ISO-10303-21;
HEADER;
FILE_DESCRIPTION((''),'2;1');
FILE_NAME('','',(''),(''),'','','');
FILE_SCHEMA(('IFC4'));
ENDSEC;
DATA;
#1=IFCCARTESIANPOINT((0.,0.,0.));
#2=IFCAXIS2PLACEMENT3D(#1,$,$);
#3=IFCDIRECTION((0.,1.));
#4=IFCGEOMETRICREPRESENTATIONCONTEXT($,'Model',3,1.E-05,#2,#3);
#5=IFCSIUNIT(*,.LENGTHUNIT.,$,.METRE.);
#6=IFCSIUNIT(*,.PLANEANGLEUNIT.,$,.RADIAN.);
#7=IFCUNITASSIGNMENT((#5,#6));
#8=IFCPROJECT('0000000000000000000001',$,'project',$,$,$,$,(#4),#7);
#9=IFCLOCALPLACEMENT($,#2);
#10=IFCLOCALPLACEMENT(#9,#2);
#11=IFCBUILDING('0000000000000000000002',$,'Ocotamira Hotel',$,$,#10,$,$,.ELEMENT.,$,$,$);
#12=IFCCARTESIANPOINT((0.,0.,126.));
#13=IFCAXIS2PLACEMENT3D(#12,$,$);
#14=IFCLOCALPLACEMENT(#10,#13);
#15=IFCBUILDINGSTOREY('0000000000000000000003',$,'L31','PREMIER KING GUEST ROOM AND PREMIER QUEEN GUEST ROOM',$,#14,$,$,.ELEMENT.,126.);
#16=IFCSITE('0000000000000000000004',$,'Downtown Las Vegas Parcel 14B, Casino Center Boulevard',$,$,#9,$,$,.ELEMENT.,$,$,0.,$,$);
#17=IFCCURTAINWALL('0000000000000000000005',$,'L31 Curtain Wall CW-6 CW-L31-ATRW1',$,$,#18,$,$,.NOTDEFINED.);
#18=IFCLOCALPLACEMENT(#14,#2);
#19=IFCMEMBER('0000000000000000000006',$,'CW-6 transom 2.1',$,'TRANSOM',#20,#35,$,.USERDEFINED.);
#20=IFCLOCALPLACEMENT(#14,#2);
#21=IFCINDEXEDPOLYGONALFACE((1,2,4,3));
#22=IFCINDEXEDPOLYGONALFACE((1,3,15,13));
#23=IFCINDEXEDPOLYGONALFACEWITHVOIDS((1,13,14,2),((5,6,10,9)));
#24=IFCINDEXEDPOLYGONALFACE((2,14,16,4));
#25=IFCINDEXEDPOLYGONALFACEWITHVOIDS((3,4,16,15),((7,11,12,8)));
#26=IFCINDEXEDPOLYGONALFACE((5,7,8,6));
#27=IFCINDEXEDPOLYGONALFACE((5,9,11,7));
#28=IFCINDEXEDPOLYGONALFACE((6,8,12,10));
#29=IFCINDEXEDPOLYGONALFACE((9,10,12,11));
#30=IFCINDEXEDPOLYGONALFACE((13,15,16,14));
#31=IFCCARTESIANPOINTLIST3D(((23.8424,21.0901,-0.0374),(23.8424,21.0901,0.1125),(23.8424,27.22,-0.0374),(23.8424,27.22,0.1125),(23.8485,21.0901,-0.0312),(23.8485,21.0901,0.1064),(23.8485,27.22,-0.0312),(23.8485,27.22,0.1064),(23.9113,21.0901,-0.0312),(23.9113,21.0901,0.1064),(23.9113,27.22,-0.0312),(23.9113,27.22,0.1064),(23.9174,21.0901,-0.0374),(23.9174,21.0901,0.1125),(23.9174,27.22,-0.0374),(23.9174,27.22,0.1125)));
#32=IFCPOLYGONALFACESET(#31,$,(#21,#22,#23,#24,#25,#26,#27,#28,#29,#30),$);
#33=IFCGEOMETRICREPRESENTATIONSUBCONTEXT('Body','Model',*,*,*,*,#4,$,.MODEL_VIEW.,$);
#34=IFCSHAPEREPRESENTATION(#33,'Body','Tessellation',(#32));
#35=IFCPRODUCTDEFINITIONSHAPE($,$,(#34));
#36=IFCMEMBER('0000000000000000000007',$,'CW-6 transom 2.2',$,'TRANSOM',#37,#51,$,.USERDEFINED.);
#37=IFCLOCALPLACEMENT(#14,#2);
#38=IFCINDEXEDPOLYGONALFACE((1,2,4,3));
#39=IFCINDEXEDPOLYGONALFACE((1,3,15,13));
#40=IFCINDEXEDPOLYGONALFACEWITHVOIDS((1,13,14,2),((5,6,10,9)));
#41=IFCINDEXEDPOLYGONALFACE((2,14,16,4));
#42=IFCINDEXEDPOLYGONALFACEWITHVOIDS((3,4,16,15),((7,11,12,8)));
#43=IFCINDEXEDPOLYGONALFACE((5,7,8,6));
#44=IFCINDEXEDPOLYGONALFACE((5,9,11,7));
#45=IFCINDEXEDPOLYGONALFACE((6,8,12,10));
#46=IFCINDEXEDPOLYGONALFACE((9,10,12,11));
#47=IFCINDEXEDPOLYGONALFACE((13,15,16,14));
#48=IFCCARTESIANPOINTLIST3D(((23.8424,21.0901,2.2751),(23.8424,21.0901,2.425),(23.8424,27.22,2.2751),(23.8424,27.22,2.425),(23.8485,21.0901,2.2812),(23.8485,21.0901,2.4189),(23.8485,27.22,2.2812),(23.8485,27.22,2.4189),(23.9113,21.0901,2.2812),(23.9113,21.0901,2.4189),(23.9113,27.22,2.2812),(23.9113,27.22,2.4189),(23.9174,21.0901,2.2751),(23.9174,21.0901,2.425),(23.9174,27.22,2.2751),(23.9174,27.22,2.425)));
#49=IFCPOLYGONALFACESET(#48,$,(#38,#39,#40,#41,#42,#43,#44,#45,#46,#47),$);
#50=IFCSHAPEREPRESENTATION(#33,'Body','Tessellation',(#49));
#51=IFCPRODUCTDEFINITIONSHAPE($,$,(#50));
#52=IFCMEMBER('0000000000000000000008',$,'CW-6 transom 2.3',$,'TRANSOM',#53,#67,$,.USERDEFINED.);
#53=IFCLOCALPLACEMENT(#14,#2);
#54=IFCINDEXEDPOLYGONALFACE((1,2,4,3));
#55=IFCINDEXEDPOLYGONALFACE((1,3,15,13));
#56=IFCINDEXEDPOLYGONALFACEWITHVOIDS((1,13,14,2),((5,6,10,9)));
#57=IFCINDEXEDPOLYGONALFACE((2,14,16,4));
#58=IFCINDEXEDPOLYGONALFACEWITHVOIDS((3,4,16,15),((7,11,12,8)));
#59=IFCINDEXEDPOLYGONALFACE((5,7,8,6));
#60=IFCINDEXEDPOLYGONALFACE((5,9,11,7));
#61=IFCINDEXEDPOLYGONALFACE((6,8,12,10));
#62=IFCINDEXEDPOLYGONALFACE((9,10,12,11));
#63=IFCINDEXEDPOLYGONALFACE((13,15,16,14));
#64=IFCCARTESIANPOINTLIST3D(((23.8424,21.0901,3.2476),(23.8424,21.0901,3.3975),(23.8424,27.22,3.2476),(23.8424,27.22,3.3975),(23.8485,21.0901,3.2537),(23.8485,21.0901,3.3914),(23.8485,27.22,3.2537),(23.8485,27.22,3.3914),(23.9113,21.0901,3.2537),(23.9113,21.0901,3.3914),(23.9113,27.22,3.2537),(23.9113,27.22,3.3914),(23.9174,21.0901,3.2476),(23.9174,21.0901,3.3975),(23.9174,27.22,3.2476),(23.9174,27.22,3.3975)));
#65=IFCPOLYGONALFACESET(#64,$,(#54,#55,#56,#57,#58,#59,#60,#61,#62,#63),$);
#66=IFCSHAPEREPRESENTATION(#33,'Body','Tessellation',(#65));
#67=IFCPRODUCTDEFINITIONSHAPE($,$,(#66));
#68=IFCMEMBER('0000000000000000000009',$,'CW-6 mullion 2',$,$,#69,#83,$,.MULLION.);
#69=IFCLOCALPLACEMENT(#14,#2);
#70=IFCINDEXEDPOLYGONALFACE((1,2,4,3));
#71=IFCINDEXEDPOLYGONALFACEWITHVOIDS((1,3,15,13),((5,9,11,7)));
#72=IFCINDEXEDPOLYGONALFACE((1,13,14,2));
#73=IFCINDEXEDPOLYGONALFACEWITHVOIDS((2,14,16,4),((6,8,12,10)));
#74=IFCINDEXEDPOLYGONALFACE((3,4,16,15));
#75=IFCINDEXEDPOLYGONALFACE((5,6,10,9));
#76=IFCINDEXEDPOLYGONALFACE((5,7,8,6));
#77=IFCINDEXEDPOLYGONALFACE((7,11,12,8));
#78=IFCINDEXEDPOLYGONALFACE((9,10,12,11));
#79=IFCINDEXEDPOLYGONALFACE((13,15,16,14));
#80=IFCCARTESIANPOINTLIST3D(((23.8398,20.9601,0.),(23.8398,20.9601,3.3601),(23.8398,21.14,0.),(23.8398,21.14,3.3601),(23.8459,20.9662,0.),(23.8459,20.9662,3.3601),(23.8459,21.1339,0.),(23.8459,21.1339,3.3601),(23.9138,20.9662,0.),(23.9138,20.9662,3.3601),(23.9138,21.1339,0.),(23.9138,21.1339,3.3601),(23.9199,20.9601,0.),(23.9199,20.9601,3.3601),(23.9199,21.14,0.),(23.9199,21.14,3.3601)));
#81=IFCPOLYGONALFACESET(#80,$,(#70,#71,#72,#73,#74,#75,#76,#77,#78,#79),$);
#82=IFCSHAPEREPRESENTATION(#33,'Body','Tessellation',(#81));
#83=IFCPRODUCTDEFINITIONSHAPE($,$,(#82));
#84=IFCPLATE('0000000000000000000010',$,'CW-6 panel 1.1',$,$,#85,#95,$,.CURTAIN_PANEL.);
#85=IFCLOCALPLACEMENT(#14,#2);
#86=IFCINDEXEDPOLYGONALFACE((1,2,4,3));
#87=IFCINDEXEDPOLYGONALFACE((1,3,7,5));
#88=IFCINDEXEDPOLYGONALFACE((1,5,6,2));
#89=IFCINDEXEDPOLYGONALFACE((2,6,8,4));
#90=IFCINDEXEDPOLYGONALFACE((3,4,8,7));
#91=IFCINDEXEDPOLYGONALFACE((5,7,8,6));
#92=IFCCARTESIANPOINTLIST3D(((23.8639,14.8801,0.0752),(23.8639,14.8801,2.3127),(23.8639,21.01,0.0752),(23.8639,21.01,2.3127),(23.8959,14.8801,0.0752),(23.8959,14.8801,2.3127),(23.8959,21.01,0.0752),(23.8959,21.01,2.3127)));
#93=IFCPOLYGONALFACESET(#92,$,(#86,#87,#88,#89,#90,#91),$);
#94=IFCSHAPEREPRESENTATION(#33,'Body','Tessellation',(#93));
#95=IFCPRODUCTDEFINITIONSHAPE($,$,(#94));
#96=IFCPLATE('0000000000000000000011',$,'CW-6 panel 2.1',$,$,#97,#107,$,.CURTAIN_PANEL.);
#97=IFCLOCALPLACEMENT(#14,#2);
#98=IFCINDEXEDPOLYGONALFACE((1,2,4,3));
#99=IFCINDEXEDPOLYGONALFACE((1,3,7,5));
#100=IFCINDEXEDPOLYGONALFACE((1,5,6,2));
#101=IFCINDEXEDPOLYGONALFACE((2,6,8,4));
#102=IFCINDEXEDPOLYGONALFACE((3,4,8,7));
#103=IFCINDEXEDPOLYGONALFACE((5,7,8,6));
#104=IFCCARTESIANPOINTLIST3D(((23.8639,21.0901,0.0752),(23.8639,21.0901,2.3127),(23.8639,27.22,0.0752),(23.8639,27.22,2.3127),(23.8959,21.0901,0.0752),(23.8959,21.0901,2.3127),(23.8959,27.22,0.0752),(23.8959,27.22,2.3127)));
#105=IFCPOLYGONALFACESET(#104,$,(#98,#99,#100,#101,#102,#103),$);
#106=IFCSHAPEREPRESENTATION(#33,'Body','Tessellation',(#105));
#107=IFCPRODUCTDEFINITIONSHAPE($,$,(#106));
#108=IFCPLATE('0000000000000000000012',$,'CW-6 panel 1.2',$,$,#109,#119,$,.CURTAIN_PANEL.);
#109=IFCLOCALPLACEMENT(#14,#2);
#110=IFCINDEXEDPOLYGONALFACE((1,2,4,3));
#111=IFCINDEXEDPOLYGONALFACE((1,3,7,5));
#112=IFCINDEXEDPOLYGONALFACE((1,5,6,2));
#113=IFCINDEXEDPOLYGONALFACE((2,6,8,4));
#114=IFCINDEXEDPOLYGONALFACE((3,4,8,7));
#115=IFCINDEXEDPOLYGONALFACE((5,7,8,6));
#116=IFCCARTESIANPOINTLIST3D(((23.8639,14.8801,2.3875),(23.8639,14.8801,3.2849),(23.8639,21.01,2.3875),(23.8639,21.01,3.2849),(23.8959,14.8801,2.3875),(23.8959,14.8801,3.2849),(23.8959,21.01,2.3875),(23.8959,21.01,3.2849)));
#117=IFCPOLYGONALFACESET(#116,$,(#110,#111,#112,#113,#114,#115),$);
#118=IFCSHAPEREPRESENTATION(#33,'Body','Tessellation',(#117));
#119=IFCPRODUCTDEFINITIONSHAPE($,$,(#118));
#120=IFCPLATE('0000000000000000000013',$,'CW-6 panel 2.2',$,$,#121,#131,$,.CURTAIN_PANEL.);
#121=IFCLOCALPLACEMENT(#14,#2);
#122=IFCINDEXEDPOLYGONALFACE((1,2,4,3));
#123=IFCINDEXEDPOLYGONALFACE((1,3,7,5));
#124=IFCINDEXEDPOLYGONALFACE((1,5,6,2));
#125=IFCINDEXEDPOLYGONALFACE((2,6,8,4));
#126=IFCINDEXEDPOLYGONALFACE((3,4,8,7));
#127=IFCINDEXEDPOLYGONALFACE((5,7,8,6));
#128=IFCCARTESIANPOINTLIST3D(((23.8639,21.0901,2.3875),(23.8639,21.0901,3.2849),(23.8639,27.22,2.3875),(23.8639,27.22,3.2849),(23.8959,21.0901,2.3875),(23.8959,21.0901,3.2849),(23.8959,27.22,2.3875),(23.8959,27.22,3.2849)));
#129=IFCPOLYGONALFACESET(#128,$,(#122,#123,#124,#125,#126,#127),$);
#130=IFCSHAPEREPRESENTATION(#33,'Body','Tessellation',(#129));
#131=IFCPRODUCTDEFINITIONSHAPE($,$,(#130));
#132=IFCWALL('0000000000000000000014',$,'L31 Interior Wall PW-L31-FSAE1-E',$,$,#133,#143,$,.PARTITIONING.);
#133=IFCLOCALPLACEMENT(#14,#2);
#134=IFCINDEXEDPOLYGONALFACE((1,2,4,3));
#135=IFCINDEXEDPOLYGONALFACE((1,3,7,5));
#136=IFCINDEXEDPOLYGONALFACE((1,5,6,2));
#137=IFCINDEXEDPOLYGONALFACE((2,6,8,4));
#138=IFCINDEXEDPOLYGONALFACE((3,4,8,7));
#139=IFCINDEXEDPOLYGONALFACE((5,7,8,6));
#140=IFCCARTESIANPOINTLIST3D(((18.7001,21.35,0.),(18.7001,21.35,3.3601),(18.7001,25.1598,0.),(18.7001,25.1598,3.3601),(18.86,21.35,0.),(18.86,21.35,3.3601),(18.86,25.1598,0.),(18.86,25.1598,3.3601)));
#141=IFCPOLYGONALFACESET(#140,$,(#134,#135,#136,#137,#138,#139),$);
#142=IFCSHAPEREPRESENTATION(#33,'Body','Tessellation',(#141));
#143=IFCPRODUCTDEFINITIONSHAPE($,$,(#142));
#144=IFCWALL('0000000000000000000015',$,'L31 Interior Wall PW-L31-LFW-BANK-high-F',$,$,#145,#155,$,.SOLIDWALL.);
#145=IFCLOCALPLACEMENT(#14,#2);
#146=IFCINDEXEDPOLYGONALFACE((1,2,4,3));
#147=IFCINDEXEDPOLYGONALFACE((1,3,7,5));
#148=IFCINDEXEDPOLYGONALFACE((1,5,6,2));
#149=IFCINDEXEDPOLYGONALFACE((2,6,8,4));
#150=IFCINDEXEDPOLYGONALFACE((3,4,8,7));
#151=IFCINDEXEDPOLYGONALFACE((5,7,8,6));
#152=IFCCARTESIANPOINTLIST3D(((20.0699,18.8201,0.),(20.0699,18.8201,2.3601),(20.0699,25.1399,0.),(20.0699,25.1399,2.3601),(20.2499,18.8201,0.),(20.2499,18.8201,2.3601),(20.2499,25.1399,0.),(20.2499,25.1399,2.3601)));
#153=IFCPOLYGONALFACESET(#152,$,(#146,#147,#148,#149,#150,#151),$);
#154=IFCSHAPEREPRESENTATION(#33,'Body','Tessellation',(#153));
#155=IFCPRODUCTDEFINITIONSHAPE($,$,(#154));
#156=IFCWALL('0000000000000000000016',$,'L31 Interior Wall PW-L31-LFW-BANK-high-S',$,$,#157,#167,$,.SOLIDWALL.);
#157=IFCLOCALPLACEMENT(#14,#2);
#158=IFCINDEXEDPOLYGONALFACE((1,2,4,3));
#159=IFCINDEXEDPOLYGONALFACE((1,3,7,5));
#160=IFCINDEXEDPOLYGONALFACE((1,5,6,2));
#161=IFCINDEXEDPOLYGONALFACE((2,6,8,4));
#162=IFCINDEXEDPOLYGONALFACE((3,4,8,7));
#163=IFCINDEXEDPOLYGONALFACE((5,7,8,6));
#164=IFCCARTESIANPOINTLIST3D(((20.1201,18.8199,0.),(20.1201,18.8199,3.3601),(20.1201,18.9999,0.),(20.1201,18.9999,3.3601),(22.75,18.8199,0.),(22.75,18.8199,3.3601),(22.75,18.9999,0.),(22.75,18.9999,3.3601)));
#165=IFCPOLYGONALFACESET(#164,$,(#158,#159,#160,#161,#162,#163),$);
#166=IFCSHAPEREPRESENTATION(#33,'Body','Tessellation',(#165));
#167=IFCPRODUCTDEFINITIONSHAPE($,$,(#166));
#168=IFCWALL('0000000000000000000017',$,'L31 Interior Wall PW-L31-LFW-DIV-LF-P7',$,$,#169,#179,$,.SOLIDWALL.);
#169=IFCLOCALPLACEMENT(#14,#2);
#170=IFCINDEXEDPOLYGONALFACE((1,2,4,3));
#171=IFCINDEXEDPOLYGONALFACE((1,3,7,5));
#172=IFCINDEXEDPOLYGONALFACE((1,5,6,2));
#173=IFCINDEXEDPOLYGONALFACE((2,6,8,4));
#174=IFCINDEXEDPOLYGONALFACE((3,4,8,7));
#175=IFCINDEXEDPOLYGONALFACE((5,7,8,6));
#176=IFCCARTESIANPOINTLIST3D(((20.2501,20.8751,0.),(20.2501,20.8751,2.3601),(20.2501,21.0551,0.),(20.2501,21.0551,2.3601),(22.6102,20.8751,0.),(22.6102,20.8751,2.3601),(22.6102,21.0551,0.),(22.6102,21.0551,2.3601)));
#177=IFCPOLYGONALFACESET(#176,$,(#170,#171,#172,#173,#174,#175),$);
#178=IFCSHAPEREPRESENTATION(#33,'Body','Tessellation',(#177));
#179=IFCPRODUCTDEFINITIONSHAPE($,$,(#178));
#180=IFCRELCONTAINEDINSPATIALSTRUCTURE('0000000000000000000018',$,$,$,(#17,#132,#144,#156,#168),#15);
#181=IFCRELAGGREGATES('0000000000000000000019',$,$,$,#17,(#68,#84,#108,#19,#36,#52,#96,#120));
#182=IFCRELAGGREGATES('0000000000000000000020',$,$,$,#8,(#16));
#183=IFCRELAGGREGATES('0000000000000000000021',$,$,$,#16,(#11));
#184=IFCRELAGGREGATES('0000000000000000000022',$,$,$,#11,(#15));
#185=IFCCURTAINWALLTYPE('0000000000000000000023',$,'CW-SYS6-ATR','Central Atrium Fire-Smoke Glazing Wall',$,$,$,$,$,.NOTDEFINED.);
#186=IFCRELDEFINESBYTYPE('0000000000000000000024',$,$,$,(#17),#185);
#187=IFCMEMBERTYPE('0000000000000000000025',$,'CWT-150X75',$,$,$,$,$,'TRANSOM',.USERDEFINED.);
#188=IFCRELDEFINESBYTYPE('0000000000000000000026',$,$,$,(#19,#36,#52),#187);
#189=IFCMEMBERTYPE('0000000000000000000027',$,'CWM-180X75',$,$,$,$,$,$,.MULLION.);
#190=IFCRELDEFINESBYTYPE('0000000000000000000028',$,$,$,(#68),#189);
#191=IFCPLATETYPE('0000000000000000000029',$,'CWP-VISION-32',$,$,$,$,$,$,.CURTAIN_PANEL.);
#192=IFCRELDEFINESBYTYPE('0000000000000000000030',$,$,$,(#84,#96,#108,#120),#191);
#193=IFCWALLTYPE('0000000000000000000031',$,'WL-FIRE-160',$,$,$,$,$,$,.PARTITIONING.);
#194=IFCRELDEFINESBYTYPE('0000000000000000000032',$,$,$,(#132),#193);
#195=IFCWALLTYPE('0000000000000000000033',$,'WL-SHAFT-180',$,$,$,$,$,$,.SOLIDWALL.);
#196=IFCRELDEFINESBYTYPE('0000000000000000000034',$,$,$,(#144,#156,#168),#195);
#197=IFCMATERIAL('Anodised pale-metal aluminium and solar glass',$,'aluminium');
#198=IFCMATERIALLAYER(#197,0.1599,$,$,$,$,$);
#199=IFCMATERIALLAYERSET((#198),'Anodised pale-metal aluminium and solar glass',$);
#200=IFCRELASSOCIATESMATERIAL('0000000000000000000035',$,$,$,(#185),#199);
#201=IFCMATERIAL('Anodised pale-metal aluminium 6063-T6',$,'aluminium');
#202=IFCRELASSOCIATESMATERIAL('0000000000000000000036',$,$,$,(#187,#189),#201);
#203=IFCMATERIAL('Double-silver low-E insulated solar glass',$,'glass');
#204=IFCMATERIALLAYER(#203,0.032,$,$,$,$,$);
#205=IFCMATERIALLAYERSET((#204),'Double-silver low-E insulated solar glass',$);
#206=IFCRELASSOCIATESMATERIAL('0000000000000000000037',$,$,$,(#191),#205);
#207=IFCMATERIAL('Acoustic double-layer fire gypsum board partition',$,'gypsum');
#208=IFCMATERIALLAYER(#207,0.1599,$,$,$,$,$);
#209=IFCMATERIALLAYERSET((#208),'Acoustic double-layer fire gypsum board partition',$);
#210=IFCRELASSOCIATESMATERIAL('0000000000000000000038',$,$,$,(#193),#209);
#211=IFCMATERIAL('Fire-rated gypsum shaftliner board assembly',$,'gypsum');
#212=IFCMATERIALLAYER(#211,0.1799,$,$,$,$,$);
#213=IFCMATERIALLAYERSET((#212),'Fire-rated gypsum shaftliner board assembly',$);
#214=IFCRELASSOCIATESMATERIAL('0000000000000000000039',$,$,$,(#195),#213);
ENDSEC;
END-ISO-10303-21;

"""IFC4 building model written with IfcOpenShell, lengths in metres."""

from ifc_helpers import new_model, si_unit, direction, frame, frame_2d, origin, origin_2d, place, context, subcontext, project, spatial, rectangle, hollow_rectangle, extrude, source, transform, mapped, material, layer, layer_set, material_profile, profile_set, type_object, element, aggregate, save


model = new_model("IFC4")

# Units and contexts
model_context = context("Model", 3, precision=1e-05, world=origin(), true_north=direction((0.0, 1.0)))
body_context = subcontext(model_context, "Body", "Model", "MODEL_VIEW")
ifc_project = project(units=[si_unit("LENGTHUNIT", "METRE"), si_unit("PLANEANGLEUNIT", "RADIAN")], contexts=[model_context])

# Site, building, storey
site_placement = place(None, origin())
site = spatial("IfcSite", under=ifc_project, at=site_placement, Name="Downtown Las Vegas Parcel 14B, Casino Center Boulevard", CompositionType="ELEMENT", RefElevation=0.0)
building_placement = place(site_placement, origin())
building = spatial("IfcBuilding", under=site, at=building_placement, Name="Ocotamira Hotel", CompositionType="ELEMENT")
storey_placement = place(building_placement, frame((0.0, 0.0, 126.0)))
storey = spatial("IfcBuildingStorey", under=building, at=storey_placement, Name="L31", Description="PREMIER KING GUEST ROOM AND PREMIER QUEEN GUEST ROOM", CompositionType="ELEMENT", Elevation=126.0)

# Curtain wall, members, plates
ifc_material_1 = material(Name="Anodised pale-metal aluminium and solar glass", Category="aluminium")
ifc_layer_1 = layer(ifc_material_1, 0.1599)
ifc_layer_set_1 = layer_set([ifc_layer_1], Name="Anodised pale-metal aluminium and solar glass")
curtain_wall_type = type_object("IfcCurtainWallType", Name="CW-SYS6-ATR", Description="Central Atrium Fire-Smoke Glazing Wall", PredefinedType="NOTDEFINED", material=ifc_layer_set_1)
curtain_wall_placement = place(storey_placement, origin())
curtain_wall = element("IfcCurtainWall", 1, at=curtain_wall_placement, inside=storey, type_object=curtain_wall_type, Name="L31 Curtain Wall CW-6 CW-L31-ATRW1", PredefinedType="NOTDEFINED")
ifc_material_2 = material(Name="Anodised pale-metal aluminium 6063-T6", Category="aluminium")
ifc_material_profile_1 = material_profile(ifc_material_2, hollow_rectangle(XDim=0.075, YDim=0.1499, WallThickness=0.0061, at=origin_2d()), Name="HSS150X75X6")
ifc_profile_set_1 = profile_set([ifc_material_profile_1], Name="Anodised pale-metal aluminium 6063-T6")
member_type_1 = type_object("IfcMemberType", Name="CWT-150X75", ElementType="TRANSOM", PredefinedType="USERDEFINED", material=ifc_profile_set_1)
shared_shape_1 = source(origin(), body_context, "Body", "SweptSolid", [
    extrude(hollow_rectangle(XDim=0.075, YDim=0.1499, WallThickness=0.0061, at=origin_2d()), origin(), (0.0, 0.0, 1.0), 6.1299),
])
member_1_placement = place(storey_placement, frame((23.8799, 21.0901, 0.0376), z_axis=(0.0, 1.0, 0.0), x_axis=(-1.0, 0.0, 0.0)))
member_1 = element("IfcMember", 2, at=member_1_placement, type_object=member_type_1, Name="CW-6 transom 2.1", ObjectType="TRANSOM", PredefinedType="USERDEFINED", context=body_context, shape_type="MappedRepresentation", body=[
    mapped(shared_shape_1, transform((0.0, 0.0, 0.0), scale=1.0)),
])
member_2_placement = place(storey_placement, frame((23.8799, 21.0901, 2.3501), z_axis=(0.0, 1.0, 0.0), x_axis=(-1.0, 0.0, 0.0)))
member_2 = element("IfcMember", 3, at=member_2_placement, type_object=member_type_1, Name="CW-6 transom 2.2", ObjectType="TRANSOM", PredefinedType="USERDEFINED", context=body_context, shape_type="MappedRepresentation", body=[
    mapped(shared_shape_1, transform((0.0, 0.0, 0.0), scale=1.0)),
])
member_3_placement = place(storey_placement, frame((23.8799, 21.0901, 3.3225), z_axis=(0.0, 1.0, 0.0), x_axis=(-1.0, 0.0, 0.0)))
member_3 = element("IfcMember", 4, at=member_3_placement, type_object=member_type_1, Name="CW-6 transom 2.3", ObjectType="TRANSOM", PredefinedType="USERDEFINED", context=body_context, shape_type="MappedRepresentation", body=[
    mapped(shared_shape_1, transform((0.0, 0.0, 0.0), scale=1.0)),
])
ifc_material_profile_2 = material_profile(ifc_material_2, hollow_rectangle(XDim=0.0801, YDim=0.1799, WallThickness=0.0061, at=origin_2d()), Name="HSS180X80X6")
ifc_profile_set_2 = profile_set([ifc_material_profile_2], Name="Anodised pale-metal aluminium 6063-T6")
member_type_2 = type_object("IfcMemberType", Name="CWM-180X75", PredefinedType="MULLION", material=ifc_profile_set_2)
shared_shape_2 = source(origin(), body_context, "Body", "SweptSolid", [
    extrude(hollow_rectangle(XDim=0.0801, YDim=0.1799, WallThickness=0.0061, at=origin_2d()), origin(), (0.0, 0.0, 1.0), 3.3601),
])
member_4_placement = place(storey_placement, frame((23.8799, 21.05, 0.0), z_axis=(0.0, 0.0, 1.0), x_axis=(-1.0, 0.0, 0.0)))
member_4 = element("IfcMember", 5, at=member_4_placement, type_object=member_type_2, Name="CW-6 mullion 2", PredefinedType="MULLION", context=body_context, shape_type="MappedRepresentation", body=[
    mapped(shared_shape_2, transform((0.0, 0.0, 0.0), scale=1.0)),
])
ifc_material_3 = material(Name="Double-silver low-E insulated solar glass", Category="glass")
ifc_layer_2 = layer(ifc_material_3, 0.032)
ifc_layer_set_2 = layer_set([ifc_layer_2], Name="Double-silver low-E insulated solar glass")
plate_type = type_object("IfcPlateType", Name="CWP-VISION-32", PredefinedType="CURTAIN_PANEL", material=ifc_layer_set_2)
shared_shape_3 = source(origin(), body_context, "Body", "SweptSolid", [
    extrude(rectangle(XDim=6.1299, YDim=0.032, at=origin_2d()), origin(), (0.0, 0.0, 1.0), 2.2375),
])
plate_1_placement = place(storey_placement, frame((23.8799, 17.9451, 0.0752), z_axis=(0.0, 0.0, 1.0), x_axis=(0.0, 1.0, 0.0)))
plate_1 = element("IfcPlate", 6, at=plate_1_placement, type_object=plate_type, Name="CW-6 panel 1.1", PredefinedType="CURTAIN_PANEL", context=body_context, shape_type="MappedRepresentation", body=[
    mapped(shared_shape_3, transform((0.0, 0.0, 0.0), scale=1.0)),
])
plate_2_placement = place(storey_placement, frame((23.8799, 24.155, 0.0752), z_axis=(0.0, 0.0, 1.0), x_axis=(0.0, 1.0, 0.0)))
plate_2 = element("IfcPlate", 7, at=plate_2_placement, type_object=plate_type, Name="CW-6 panel 2.1", PredefinedType="CURTAIN_PANEL", context=body_context, shape_type="MappedRepresentation", body=[
    mapped(shared_shape_3, transform((0.0, 0.0, 0.0), scale=1.0)),
])
shared_shape_4 = source(origin(), body_context, "Body", "SweptSolid", [
    extrude(rectangle(XDim=6.1299, YDim=0.032, at=origin_2d()), origin(), (0.0, 0.0, 1.0), 0.8975),
])
plate_3_placement = place(storey_placement, frame((23.8799, 17.9451, 2.3875), z_axis=(0.0, 0.0, 1.0), x_axis=(0.0, 1.0, 0.0)))
plate_3 = element("IfcPlate", 8, at=plate_3_placement, type_object=plate_type, Name="CW-6 panel 1.2", PredefinedType="CURTAIN_PANEL", context=body_context, shape_type="MappedRepresentation", body=[
    mapped(shared_shape_4, transform((0.0, 0.0, 0.0), scale=1.0)),
])
plate_4_placement = place(storey_placement, frame((23.8799, 24.155, 2.3875), z_axis=(0.0, 0.0, 1.0), x_axis=(0.0, 1.0, 0.0)))
plate_4 = element("IfcPlate", 9, at=plate_4_placement, type_object=plate_type, Name="CW-6 panel 2.2", PredefinedType="CURTAIN_PANEL", context=body_context, shape_type="MappedRepresentation", body=[
    mapped(shared_shape_4, transform((0.0, 0.0, 0.0), scale=1.0)),
])
aggregate(curtain_wall, [member_4, plate_1, plate_3, member_1, member_2, member_3, plate_2, plate_4])

# Shared definitions
ifc_material_4 = material(Name="Acoustic double-layer fire gypsum board partition", Category="gypsum")
ifc_layer_3 = layer(ifc_material_4, 0.1599)
ifc_layer_set_3 = layer_set([ifc_layer_3], Name="Acoustic double-layer fire gypsum board partition")
wall_type_1 = type_object("IfcWallType", Name="WL-FIRE-160", PredefinedType="PARTITIONING", material=ifc_layer_set_3)

# Walls
wall_1_placement = place(storey_placement, frame((18.78, 21.3501, 0.0), z_axis=(0.0, 0.0, 1.0), x_axis=(0.0, 1.0, 0.0)))
element("IfcWall", 10, at=wall_1_placement, inside=storey, type_object=wall_type_1, Name="L31 Interior Wall PW-L31-FSAE1-E", PredefinedType="PARTITIONING", context=body_context, shape_type="SweptSolid", body=[
    extrude(rectangle(XDim=3.8098, YDim=0.1599, at=frame_2d((1.9048, 0.0))), origin(), (0.0, 0.0, 1.0), 3.3601),
])
ifc_material_5 = material(Name="Fire-rated gypsum shaftliner board assembly", Category="gypsum")
ifc_layer_4 = layer(ifc_material_5, 0.1799)
ifc_layer_set_4 = layer_set([ifc_layer_4], Name="Fire-rated gypsum shaftliner board assembly")
wall_type_2 = type_object("IfcWallType", Name="WL-SHAFT-180", PredefinedType="SOLIDWALL", material=ifc_layer_set_4)
wall_2_placement = place(storey_placement, frame((20.1599, 18.8201, 0.0), z_axis=(0.0, 0.0, 1.0), x_axis=(0.0, 1.0, 0.0)))
element("IfcWall", 11, at=wall_2_placement, inside=storey, type_object=wall_type_2, Name="L31 Interior Wall PW-L31-LFW-BANK-high-F", PredefinedType="SOLIDWALL", context=body_context, shape_type="SweptSolid", body=[
    extrude(rectangle(XDim=6.3198, YDim=0.1799, at=frame_2d((3.1599, 0.0))), origin(), (0.0, 0.0, 1.0), 2.3601),
])
wall_3_placement = place(storey_placement, frame((20.1201, 18.9099, 0.0), z_axis=(0.0, 0.0, 1.0), x_axis=(1.0, 0.0, 0.0)))
element("IfcWall", 12, at=wall_3_placement, inside=storey, type_object=wall_type_2, Name="L31 Interior Wall PW-L31-LFW-BANK-high-S", PredefinedType="SOLIDWALL", context=body_context, shape_type="SweptSolid", body=[
    extrude(rectangle(XDim=2.6299, YDim=0.1799, at=frame_2d((1.3149, 0.0))), origin(), (0.0, 0.0, 1.0), 3.3601),
])
wall_4_placement = place(storey_placement, frame((20.25, 20.9651, 0.0), z_axis=(0.0, 0.0, 1.0), x_axis=(1.0, 0.0, 0.0)))
element("IfcWall", 13, at=wall_4_placement, inside=storey, type_object=wall_type_2, Name="L31 Interior Wall PW-L31-LFW-DIV-LF-P7", PredefinedType="SOLIDWALL", context=body_context, shape_type="SweptSolid", body=[
    extrude(rectangle(XDim=2.3601, YDim=0.1799, at=frame_2d((1.1802, 0.0))), origin(), (0.0, 0.0, 1.0), 2.3601),
])

save(model, "model.ifc")
